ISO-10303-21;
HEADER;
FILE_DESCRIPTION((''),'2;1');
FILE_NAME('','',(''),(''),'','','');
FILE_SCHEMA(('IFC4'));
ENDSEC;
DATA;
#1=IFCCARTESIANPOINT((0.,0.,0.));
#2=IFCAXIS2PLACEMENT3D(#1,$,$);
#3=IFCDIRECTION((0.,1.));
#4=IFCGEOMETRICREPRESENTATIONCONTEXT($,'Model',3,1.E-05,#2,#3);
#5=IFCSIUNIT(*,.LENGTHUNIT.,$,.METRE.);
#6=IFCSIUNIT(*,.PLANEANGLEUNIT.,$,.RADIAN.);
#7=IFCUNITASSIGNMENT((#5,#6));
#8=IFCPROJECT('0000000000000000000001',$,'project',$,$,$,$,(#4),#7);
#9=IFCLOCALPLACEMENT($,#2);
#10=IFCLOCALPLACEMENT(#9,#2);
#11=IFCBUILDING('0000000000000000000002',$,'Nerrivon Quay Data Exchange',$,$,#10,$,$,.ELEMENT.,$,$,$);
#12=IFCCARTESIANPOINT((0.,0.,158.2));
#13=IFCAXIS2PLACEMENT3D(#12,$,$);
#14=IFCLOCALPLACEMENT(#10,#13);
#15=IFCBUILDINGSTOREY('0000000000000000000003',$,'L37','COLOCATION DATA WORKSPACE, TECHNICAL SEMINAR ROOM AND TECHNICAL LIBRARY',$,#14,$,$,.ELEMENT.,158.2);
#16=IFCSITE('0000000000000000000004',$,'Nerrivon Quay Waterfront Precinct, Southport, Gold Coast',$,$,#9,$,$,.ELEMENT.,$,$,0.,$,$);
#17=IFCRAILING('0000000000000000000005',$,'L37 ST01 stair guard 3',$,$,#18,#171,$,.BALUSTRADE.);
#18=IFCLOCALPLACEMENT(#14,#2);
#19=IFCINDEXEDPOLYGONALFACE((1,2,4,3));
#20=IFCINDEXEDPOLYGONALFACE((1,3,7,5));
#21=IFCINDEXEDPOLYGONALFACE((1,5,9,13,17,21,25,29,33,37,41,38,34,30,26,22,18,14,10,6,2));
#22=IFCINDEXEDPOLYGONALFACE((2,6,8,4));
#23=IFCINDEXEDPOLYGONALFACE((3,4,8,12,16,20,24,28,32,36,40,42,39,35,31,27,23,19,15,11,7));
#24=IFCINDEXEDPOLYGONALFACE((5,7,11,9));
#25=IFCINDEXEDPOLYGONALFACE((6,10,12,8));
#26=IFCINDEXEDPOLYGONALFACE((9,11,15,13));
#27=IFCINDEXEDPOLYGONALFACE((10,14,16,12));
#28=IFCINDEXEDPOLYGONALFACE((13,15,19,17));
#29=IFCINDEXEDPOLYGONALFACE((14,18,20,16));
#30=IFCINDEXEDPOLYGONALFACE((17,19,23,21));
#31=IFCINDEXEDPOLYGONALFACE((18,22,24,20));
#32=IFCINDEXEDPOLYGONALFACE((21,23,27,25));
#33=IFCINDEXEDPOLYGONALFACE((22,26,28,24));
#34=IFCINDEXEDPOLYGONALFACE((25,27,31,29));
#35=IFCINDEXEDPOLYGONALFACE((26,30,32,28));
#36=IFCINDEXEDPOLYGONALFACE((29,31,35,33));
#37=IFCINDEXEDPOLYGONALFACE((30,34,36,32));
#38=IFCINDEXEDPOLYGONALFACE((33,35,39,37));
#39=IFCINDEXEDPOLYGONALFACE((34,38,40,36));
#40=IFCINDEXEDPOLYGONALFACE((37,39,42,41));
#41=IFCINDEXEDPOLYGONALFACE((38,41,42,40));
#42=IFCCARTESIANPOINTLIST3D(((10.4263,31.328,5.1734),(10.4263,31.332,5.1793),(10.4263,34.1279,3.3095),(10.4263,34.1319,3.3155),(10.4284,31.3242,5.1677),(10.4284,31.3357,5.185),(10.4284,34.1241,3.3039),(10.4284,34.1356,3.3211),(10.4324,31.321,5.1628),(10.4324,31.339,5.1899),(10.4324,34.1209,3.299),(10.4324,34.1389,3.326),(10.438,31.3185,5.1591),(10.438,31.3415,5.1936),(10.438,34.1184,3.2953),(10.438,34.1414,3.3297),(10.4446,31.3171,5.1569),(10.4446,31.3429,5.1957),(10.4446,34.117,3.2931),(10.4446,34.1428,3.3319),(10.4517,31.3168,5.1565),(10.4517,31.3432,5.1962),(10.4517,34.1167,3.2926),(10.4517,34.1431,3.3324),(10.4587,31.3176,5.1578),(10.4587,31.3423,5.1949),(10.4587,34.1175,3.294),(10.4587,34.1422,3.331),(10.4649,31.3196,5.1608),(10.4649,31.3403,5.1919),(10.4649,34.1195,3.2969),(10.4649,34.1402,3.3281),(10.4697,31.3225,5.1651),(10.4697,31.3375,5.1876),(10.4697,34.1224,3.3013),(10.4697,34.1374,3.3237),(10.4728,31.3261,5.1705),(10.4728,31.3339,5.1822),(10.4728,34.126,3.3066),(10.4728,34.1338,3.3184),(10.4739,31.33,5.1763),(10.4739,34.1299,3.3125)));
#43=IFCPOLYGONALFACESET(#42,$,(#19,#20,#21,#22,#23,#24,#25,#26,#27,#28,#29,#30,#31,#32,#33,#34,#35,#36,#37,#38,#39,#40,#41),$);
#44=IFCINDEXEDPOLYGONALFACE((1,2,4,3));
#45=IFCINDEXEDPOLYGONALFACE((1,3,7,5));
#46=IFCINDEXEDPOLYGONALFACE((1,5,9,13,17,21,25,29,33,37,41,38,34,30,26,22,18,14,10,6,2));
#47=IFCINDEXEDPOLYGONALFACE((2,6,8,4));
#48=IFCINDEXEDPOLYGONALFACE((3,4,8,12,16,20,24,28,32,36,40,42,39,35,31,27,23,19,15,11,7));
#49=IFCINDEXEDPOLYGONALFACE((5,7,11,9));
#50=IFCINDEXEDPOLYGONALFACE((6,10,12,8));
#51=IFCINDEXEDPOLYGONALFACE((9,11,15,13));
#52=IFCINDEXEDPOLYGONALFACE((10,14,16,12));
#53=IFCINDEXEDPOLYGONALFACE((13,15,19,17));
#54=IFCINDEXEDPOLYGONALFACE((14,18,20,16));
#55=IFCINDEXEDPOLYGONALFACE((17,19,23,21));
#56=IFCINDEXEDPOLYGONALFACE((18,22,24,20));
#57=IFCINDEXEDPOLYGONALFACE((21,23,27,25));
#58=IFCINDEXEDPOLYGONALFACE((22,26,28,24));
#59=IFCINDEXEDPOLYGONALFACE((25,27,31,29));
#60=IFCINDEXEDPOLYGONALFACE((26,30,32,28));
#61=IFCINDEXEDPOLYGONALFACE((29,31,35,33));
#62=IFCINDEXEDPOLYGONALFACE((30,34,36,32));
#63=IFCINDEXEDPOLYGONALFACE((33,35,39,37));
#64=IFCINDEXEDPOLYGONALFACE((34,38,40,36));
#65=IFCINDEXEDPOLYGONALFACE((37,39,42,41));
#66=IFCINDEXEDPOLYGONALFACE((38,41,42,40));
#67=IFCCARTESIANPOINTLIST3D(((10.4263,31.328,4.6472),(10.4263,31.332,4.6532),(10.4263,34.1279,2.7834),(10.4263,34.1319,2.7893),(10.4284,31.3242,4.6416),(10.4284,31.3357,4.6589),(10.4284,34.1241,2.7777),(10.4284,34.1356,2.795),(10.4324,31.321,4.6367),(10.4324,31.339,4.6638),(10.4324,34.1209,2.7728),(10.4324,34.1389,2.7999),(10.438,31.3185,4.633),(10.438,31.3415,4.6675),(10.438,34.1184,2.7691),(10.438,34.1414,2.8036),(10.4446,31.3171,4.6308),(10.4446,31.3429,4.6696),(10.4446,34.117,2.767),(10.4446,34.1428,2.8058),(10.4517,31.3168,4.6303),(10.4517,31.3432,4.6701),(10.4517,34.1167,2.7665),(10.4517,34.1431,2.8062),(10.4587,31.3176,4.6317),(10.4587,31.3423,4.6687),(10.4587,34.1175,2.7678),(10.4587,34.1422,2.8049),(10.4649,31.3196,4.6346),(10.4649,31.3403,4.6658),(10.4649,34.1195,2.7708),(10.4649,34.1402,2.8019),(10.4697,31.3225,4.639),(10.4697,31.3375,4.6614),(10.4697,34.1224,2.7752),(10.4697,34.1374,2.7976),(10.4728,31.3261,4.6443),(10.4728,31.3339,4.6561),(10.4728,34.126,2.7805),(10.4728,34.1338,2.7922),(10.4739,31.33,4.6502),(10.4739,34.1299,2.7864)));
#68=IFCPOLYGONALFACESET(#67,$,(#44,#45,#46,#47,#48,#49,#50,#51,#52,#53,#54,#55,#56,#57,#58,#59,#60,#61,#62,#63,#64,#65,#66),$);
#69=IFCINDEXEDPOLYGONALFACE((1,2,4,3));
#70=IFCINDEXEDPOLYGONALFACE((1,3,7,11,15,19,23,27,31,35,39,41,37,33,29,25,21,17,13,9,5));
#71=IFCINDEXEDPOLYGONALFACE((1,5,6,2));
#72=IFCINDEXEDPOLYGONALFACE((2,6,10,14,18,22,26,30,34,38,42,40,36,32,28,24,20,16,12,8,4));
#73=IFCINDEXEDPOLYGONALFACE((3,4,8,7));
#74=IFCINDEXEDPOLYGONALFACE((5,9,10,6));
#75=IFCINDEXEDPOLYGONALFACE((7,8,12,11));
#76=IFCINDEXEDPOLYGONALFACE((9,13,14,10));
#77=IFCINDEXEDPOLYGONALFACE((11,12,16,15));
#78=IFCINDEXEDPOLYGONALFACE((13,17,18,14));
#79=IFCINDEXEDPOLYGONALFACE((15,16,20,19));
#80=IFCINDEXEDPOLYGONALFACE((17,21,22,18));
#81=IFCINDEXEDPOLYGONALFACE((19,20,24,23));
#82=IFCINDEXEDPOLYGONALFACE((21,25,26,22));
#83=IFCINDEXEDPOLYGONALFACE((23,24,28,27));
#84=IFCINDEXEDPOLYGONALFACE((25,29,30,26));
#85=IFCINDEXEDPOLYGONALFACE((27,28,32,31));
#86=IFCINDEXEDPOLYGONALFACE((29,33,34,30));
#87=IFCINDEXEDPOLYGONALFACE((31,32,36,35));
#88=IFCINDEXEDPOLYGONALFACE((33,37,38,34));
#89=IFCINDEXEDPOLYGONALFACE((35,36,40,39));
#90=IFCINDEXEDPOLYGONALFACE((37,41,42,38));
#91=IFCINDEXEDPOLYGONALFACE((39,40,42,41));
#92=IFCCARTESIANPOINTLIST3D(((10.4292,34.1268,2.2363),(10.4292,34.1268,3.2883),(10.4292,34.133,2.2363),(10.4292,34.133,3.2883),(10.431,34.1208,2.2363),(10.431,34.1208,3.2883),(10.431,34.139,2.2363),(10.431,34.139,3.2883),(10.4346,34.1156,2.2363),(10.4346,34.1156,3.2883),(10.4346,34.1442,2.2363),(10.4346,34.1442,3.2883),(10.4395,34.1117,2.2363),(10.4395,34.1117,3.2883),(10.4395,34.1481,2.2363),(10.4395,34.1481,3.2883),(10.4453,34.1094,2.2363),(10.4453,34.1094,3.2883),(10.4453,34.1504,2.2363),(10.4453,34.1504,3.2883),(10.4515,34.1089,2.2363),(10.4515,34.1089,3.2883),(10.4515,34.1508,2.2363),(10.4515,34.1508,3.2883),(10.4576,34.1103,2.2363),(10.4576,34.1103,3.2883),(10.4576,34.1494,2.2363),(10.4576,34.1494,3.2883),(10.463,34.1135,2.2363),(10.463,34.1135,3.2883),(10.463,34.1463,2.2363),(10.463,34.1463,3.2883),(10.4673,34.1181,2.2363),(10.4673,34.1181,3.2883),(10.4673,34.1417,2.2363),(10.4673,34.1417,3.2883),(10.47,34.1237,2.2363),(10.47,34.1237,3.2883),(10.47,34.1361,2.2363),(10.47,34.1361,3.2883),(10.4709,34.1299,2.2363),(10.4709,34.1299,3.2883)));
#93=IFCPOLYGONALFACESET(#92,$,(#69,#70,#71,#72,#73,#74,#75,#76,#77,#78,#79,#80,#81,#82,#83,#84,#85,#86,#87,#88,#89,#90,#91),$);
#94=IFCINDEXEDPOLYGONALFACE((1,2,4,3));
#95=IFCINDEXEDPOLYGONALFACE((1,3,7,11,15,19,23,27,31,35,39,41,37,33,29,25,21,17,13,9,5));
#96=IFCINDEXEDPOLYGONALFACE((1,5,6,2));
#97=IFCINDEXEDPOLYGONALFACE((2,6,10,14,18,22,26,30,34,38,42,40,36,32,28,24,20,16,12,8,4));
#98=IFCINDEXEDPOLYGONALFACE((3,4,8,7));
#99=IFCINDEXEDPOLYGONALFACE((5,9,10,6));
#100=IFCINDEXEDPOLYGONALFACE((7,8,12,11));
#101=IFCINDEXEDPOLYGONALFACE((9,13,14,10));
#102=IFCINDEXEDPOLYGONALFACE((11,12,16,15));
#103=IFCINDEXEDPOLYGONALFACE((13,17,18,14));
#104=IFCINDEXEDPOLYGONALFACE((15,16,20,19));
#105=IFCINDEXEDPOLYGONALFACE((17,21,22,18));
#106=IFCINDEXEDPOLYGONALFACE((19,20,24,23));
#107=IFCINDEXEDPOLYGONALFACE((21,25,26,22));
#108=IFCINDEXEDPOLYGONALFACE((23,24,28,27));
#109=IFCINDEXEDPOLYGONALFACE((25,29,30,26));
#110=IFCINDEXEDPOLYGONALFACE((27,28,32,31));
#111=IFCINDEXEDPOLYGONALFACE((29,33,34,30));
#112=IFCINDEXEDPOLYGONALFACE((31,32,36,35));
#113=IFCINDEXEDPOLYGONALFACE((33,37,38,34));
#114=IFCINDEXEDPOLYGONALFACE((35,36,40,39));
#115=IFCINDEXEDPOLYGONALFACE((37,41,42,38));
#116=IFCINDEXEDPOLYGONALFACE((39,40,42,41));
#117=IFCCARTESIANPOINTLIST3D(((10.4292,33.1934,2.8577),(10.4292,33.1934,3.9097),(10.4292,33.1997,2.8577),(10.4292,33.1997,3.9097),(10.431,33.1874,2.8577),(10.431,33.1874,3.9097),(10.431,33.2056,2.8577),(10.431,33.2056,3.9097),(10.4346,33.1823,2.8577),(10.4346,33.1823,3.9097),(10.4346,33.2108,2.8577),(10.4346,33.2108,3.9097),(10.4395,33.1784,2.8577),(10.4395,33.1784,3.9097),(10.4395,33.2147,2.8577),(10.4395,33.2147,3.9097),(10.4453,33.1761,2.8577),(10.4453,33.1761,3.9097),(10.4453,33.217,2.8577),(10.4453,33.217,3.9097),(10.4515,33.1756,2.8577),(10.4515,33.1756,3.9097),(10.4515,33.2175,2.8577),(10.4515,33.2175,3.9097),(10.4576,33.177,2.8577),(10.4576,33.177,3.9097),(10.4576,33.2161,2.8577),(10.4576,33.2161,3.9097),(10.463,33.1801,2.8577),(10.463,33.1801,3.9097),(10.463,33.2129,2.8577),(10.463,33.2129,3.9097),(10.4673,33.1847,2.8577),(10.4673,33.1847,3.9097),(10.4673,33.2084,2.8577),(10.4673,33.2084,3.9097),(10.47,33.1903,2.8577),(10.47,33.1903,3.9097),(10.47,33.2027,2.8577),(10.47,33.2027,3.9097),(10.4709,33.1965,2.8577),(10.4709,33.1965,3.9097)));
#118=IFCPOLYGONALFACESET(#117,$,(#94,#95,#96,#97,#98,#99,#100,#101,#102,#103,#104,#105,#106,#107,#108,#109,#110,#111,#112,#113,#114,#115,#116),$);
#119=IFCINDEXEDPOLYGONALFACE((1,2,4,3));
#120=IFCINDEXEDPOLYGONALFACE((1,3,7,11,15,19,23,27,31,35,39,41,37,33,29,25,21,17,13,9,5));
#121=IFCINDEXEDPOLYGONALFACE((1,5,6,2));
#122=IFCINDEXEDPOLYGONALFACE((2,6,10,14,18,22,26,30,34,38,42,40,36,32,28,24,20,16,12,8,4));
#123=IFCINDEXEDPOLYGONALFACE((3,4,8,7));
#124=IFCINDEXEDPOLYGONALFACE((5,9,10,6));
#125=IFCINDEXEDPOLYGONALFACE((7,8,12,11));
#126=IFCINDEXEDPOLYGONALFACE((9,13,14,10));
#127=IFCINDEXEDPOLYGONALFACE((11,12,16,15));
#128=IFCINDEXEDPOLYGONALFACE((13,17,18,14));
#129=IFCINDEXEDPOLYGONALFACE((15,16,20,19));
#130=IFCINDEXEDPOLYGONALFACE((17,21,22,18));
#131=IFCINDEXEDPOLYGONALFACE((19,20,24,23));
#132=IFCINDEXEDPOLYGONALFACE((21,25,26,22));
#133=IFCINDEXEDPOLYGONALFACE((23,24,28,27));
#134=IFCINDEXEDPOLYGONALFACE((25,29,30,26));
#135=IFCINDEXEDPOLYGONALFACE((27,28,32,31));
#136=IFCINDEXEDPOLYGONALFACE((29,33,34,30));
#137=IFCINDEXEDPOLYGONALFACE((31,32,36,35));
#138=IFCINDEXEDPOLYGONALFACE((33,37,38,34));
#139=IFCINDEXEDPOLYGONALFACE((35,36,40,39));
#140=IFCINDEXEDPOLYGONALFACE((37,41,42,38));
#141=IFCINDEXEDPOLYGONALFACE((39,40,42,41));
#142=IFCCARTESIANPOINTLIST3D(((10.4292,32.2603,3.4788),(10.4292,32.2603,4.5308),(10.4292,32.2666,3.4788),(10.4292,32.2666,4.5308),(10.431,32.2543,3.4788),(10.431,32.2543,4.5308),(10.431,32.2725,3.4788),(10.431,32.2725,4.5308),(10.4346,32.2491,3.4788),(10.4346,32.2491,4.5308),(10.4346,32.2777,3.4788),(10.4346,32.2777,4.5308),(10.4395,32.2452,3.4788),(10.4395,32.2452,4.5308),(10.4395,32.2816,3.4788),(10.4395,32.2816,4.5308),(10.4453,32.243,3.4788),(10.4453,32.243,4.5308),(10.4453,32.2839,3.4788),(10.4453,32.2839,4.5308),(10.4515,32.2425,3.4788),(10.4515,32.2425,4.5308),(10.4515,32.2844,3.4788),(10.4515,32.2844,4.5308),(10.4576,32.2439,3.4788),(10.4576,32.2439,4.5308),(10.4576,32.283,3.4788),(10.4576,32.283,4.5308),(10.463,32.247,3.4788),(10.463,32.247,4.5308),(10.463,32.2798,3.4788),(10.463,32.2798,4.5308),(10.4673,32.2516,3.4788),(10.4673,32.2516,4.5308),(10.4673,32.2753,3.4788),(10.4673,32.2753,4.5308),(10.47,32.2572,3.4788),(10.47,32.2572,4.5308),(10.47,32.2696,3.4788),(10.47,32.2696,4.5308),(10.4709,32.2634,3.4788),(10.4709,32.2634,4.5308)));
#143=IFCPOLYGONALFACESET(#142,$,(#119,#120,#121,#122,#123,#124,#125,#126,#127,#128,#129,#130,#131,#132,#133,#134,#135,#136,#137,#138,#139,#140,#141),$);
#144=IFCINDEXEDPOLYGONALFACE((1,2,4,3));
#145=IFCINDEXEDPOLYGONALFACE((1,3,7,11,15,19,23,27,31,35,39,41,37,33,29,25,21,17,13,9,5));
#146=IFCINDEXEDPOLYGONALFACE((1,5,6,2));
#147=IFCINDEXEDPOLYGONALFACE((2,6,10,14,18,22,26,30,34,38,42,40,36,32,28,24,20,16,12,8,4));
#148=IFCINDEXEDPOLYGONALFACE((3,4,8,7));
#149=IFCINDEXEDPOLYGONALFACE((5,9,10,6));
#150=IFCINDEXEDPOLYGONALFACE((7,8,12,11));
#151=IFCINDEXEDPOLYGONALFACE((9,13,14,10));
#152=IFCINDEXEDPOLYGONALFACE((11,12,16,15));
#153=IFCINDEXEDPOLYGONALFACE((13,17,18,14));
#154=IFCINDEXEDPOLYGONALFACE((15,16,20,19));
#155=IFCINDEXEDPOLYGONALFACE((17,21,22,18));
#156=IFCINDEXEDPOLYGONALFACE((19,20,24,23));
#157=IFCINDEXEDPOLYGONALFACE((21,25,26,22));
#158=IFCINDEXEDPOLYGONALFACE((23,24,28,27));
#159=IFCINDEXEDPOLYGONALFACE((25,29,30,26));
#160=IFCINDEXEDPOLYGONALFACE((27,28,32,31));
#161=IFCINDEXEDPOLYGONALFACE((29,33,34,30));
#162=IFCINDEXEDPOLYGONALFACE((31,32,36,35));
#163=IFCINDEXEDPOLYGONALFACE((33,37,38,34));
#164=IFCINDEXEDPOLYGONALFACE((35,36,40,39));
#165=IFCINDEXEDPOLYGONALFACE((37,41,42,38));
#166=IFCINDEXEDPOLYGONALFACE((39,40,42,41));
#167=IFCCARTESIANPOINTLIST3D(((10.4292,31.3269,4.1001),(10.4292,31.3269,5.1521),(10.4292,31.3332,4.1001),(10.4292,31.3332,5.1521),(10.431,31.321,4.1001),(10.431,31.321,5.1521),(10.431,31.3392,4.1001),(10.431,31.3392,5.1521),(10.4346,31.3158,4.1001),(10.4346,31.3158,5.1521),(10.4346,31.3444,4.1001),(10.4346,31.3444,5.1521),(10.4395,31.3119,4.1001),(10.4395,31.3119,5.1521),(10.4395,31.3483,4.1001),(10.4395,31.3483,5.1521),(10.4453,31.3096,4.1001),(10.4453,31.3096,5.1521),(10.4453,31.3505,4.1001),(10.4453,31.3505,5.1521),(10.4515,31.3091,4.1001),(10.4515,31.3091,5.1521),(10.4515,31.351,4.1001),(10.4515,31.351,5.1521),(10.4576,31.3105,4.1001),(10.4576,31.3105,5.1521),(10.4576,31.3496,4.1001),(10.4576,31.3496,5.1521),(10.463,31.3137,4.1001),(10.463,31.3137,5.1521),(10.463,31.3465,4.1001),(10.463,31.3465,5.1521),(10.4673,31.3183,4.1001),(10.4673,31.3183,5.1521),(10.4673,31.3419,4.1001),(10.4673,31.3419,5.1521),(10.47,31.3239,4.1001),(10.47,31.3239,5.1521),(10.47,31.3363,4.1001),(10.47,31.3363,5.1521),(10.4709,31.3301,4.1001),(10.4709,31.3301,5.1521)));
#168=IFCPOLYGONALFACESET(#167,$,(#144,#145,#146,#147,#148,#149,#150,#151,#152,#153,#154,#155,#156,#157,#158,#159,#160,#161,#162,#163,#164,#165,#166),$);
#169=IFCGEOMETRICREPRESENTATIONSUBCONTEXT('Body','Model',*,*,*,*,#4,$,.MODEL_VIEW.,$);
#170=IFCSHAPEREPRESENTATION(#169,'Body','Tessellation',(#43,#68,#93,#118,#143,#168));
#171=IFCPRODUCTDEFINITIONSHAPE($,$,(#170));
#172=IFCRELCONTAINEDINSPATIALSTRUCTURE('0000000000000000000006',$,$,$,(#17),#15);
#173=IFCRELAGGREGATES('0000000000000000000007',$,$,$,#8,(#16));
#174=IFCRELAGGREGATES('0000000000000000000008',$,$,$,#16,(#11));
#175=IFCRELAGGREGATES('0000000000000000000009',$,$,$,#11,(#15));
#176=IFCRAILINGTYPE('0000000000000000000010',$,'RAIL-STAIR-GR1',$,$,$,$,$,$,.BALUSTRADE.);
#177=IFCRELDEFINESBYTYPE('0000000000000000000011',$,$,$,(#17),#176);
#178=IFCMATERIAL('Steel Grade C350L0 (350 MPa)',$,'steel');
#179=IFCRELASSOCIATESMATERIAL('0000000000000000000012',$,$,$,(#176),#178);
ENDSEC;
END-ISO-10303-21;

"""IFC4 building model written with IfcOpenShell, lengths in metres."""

from ifc_helpers import new_model, si_unit, direction, frame, origin, origin_2d, place, context, subcontext, project, spatial, circle, extrude, material, type_object, element, save


model = new_model("IFC4")

# Units and contexts
model_context = context("Model", 3, precision=1e-05, world=origin(), true_north=direction((0.0, 1.0)))
body_context = subcontext(model_context, "Body", "Model", "MODEL_VIEW")
ifc_project = project(units=[si_unit("LENGTHUNIT", "METRE"), si_unit("PLANEANGLEUNIT", "RADIAN")], contexts=[model_context])

# Site, building, storey
site_placement = place(None, origin())
site = spatial("IfcSite", under=ifc_project, at=site_placement, Name="Nerrivon Quay Waterfront Precinct, Southport, Gold Coast", CompositionType="ELEMENT", RefElevation=0.0)
building_placement = place(site_placement, origin())
building = spatial("IfcBuilding", under=site, at=building_placement, Name="Nerrivon Quay Data Exchange", CompositionType="ELEMENT")
storey_placement = place(building_placement, frame((0.0, 0.0, 158.2)))
storey = spatial("IfcBuildingStorey", under=building, at=storey_placement, Name="L37", Description="COLOCATION DATA WORKSPACE, TECHNICAL SEMINAR ROOM AND TECHNICAL LIBRARY", CompositionType="ELEMENT", Elevation=158.2)

# Railing
ifc_material_1 = material(Name="Steel Grade C350L0 (350 MPa)", Category="steel")
railing_type_1 = type_object("IfcRailingType", Name="RAIL-STAIR-GR1", PredefinedType="BALUSTRADE", material=ifc_material_1)
railing_1_placement = place(storey_placement, frame((10.45, 34.1299, 2.2363)))
element("IfcRailing", 1, at=railing_1_placement, inside=storey, type_object=railing_type_1, Name="L37 ST01 stair guard 3", PredefinedType="BALUSTRADE", context=body_context, shape_type="SweptSolid", body=[
    extrude(circle(Radius=0.0239, at=origin_2d()), frame((0.0, 0.0, 1.0762), z_axis=(0.0, -0.83243, 0.554131), x_axis=(1.0, 0.0, 0.0)), (0.0, 0.0, 1.0), 3.3635),
    extrude(circle(Radius=0.0239, at=origin_2d()), frame((0.0, 0.0, 0.55), z_axis=(0.0, -0.83243, 0.554131), x_axis=(1.0, 0.0, 0.0)), (0.0, 0.0, 1.0), 3.3635),
    extrude(circle(Radius=0.021, at=origin_2d()), origin(), (0.0, 0.0, 1.0), 1.052),
    extrude(circle(Radius=0.021, at=origin_2d()), frame((0.0, -0.9333, 0.6213)), (0.0, 0.0, 1.0), 1.052),
    extrude(circle(Radius=0.021, at=origin_2d()), frame((0.0, -1.8665, 1.2424)), (0.0, 0.0, 1.0), 1.052),
    extrude(circle(Radius=0.021, at=origin_2d()), frame((0.0, -2.7998, 1.8638)), (0.0, 0.0, 1.0), 1.052),
])

save(model, "model.ifc")
